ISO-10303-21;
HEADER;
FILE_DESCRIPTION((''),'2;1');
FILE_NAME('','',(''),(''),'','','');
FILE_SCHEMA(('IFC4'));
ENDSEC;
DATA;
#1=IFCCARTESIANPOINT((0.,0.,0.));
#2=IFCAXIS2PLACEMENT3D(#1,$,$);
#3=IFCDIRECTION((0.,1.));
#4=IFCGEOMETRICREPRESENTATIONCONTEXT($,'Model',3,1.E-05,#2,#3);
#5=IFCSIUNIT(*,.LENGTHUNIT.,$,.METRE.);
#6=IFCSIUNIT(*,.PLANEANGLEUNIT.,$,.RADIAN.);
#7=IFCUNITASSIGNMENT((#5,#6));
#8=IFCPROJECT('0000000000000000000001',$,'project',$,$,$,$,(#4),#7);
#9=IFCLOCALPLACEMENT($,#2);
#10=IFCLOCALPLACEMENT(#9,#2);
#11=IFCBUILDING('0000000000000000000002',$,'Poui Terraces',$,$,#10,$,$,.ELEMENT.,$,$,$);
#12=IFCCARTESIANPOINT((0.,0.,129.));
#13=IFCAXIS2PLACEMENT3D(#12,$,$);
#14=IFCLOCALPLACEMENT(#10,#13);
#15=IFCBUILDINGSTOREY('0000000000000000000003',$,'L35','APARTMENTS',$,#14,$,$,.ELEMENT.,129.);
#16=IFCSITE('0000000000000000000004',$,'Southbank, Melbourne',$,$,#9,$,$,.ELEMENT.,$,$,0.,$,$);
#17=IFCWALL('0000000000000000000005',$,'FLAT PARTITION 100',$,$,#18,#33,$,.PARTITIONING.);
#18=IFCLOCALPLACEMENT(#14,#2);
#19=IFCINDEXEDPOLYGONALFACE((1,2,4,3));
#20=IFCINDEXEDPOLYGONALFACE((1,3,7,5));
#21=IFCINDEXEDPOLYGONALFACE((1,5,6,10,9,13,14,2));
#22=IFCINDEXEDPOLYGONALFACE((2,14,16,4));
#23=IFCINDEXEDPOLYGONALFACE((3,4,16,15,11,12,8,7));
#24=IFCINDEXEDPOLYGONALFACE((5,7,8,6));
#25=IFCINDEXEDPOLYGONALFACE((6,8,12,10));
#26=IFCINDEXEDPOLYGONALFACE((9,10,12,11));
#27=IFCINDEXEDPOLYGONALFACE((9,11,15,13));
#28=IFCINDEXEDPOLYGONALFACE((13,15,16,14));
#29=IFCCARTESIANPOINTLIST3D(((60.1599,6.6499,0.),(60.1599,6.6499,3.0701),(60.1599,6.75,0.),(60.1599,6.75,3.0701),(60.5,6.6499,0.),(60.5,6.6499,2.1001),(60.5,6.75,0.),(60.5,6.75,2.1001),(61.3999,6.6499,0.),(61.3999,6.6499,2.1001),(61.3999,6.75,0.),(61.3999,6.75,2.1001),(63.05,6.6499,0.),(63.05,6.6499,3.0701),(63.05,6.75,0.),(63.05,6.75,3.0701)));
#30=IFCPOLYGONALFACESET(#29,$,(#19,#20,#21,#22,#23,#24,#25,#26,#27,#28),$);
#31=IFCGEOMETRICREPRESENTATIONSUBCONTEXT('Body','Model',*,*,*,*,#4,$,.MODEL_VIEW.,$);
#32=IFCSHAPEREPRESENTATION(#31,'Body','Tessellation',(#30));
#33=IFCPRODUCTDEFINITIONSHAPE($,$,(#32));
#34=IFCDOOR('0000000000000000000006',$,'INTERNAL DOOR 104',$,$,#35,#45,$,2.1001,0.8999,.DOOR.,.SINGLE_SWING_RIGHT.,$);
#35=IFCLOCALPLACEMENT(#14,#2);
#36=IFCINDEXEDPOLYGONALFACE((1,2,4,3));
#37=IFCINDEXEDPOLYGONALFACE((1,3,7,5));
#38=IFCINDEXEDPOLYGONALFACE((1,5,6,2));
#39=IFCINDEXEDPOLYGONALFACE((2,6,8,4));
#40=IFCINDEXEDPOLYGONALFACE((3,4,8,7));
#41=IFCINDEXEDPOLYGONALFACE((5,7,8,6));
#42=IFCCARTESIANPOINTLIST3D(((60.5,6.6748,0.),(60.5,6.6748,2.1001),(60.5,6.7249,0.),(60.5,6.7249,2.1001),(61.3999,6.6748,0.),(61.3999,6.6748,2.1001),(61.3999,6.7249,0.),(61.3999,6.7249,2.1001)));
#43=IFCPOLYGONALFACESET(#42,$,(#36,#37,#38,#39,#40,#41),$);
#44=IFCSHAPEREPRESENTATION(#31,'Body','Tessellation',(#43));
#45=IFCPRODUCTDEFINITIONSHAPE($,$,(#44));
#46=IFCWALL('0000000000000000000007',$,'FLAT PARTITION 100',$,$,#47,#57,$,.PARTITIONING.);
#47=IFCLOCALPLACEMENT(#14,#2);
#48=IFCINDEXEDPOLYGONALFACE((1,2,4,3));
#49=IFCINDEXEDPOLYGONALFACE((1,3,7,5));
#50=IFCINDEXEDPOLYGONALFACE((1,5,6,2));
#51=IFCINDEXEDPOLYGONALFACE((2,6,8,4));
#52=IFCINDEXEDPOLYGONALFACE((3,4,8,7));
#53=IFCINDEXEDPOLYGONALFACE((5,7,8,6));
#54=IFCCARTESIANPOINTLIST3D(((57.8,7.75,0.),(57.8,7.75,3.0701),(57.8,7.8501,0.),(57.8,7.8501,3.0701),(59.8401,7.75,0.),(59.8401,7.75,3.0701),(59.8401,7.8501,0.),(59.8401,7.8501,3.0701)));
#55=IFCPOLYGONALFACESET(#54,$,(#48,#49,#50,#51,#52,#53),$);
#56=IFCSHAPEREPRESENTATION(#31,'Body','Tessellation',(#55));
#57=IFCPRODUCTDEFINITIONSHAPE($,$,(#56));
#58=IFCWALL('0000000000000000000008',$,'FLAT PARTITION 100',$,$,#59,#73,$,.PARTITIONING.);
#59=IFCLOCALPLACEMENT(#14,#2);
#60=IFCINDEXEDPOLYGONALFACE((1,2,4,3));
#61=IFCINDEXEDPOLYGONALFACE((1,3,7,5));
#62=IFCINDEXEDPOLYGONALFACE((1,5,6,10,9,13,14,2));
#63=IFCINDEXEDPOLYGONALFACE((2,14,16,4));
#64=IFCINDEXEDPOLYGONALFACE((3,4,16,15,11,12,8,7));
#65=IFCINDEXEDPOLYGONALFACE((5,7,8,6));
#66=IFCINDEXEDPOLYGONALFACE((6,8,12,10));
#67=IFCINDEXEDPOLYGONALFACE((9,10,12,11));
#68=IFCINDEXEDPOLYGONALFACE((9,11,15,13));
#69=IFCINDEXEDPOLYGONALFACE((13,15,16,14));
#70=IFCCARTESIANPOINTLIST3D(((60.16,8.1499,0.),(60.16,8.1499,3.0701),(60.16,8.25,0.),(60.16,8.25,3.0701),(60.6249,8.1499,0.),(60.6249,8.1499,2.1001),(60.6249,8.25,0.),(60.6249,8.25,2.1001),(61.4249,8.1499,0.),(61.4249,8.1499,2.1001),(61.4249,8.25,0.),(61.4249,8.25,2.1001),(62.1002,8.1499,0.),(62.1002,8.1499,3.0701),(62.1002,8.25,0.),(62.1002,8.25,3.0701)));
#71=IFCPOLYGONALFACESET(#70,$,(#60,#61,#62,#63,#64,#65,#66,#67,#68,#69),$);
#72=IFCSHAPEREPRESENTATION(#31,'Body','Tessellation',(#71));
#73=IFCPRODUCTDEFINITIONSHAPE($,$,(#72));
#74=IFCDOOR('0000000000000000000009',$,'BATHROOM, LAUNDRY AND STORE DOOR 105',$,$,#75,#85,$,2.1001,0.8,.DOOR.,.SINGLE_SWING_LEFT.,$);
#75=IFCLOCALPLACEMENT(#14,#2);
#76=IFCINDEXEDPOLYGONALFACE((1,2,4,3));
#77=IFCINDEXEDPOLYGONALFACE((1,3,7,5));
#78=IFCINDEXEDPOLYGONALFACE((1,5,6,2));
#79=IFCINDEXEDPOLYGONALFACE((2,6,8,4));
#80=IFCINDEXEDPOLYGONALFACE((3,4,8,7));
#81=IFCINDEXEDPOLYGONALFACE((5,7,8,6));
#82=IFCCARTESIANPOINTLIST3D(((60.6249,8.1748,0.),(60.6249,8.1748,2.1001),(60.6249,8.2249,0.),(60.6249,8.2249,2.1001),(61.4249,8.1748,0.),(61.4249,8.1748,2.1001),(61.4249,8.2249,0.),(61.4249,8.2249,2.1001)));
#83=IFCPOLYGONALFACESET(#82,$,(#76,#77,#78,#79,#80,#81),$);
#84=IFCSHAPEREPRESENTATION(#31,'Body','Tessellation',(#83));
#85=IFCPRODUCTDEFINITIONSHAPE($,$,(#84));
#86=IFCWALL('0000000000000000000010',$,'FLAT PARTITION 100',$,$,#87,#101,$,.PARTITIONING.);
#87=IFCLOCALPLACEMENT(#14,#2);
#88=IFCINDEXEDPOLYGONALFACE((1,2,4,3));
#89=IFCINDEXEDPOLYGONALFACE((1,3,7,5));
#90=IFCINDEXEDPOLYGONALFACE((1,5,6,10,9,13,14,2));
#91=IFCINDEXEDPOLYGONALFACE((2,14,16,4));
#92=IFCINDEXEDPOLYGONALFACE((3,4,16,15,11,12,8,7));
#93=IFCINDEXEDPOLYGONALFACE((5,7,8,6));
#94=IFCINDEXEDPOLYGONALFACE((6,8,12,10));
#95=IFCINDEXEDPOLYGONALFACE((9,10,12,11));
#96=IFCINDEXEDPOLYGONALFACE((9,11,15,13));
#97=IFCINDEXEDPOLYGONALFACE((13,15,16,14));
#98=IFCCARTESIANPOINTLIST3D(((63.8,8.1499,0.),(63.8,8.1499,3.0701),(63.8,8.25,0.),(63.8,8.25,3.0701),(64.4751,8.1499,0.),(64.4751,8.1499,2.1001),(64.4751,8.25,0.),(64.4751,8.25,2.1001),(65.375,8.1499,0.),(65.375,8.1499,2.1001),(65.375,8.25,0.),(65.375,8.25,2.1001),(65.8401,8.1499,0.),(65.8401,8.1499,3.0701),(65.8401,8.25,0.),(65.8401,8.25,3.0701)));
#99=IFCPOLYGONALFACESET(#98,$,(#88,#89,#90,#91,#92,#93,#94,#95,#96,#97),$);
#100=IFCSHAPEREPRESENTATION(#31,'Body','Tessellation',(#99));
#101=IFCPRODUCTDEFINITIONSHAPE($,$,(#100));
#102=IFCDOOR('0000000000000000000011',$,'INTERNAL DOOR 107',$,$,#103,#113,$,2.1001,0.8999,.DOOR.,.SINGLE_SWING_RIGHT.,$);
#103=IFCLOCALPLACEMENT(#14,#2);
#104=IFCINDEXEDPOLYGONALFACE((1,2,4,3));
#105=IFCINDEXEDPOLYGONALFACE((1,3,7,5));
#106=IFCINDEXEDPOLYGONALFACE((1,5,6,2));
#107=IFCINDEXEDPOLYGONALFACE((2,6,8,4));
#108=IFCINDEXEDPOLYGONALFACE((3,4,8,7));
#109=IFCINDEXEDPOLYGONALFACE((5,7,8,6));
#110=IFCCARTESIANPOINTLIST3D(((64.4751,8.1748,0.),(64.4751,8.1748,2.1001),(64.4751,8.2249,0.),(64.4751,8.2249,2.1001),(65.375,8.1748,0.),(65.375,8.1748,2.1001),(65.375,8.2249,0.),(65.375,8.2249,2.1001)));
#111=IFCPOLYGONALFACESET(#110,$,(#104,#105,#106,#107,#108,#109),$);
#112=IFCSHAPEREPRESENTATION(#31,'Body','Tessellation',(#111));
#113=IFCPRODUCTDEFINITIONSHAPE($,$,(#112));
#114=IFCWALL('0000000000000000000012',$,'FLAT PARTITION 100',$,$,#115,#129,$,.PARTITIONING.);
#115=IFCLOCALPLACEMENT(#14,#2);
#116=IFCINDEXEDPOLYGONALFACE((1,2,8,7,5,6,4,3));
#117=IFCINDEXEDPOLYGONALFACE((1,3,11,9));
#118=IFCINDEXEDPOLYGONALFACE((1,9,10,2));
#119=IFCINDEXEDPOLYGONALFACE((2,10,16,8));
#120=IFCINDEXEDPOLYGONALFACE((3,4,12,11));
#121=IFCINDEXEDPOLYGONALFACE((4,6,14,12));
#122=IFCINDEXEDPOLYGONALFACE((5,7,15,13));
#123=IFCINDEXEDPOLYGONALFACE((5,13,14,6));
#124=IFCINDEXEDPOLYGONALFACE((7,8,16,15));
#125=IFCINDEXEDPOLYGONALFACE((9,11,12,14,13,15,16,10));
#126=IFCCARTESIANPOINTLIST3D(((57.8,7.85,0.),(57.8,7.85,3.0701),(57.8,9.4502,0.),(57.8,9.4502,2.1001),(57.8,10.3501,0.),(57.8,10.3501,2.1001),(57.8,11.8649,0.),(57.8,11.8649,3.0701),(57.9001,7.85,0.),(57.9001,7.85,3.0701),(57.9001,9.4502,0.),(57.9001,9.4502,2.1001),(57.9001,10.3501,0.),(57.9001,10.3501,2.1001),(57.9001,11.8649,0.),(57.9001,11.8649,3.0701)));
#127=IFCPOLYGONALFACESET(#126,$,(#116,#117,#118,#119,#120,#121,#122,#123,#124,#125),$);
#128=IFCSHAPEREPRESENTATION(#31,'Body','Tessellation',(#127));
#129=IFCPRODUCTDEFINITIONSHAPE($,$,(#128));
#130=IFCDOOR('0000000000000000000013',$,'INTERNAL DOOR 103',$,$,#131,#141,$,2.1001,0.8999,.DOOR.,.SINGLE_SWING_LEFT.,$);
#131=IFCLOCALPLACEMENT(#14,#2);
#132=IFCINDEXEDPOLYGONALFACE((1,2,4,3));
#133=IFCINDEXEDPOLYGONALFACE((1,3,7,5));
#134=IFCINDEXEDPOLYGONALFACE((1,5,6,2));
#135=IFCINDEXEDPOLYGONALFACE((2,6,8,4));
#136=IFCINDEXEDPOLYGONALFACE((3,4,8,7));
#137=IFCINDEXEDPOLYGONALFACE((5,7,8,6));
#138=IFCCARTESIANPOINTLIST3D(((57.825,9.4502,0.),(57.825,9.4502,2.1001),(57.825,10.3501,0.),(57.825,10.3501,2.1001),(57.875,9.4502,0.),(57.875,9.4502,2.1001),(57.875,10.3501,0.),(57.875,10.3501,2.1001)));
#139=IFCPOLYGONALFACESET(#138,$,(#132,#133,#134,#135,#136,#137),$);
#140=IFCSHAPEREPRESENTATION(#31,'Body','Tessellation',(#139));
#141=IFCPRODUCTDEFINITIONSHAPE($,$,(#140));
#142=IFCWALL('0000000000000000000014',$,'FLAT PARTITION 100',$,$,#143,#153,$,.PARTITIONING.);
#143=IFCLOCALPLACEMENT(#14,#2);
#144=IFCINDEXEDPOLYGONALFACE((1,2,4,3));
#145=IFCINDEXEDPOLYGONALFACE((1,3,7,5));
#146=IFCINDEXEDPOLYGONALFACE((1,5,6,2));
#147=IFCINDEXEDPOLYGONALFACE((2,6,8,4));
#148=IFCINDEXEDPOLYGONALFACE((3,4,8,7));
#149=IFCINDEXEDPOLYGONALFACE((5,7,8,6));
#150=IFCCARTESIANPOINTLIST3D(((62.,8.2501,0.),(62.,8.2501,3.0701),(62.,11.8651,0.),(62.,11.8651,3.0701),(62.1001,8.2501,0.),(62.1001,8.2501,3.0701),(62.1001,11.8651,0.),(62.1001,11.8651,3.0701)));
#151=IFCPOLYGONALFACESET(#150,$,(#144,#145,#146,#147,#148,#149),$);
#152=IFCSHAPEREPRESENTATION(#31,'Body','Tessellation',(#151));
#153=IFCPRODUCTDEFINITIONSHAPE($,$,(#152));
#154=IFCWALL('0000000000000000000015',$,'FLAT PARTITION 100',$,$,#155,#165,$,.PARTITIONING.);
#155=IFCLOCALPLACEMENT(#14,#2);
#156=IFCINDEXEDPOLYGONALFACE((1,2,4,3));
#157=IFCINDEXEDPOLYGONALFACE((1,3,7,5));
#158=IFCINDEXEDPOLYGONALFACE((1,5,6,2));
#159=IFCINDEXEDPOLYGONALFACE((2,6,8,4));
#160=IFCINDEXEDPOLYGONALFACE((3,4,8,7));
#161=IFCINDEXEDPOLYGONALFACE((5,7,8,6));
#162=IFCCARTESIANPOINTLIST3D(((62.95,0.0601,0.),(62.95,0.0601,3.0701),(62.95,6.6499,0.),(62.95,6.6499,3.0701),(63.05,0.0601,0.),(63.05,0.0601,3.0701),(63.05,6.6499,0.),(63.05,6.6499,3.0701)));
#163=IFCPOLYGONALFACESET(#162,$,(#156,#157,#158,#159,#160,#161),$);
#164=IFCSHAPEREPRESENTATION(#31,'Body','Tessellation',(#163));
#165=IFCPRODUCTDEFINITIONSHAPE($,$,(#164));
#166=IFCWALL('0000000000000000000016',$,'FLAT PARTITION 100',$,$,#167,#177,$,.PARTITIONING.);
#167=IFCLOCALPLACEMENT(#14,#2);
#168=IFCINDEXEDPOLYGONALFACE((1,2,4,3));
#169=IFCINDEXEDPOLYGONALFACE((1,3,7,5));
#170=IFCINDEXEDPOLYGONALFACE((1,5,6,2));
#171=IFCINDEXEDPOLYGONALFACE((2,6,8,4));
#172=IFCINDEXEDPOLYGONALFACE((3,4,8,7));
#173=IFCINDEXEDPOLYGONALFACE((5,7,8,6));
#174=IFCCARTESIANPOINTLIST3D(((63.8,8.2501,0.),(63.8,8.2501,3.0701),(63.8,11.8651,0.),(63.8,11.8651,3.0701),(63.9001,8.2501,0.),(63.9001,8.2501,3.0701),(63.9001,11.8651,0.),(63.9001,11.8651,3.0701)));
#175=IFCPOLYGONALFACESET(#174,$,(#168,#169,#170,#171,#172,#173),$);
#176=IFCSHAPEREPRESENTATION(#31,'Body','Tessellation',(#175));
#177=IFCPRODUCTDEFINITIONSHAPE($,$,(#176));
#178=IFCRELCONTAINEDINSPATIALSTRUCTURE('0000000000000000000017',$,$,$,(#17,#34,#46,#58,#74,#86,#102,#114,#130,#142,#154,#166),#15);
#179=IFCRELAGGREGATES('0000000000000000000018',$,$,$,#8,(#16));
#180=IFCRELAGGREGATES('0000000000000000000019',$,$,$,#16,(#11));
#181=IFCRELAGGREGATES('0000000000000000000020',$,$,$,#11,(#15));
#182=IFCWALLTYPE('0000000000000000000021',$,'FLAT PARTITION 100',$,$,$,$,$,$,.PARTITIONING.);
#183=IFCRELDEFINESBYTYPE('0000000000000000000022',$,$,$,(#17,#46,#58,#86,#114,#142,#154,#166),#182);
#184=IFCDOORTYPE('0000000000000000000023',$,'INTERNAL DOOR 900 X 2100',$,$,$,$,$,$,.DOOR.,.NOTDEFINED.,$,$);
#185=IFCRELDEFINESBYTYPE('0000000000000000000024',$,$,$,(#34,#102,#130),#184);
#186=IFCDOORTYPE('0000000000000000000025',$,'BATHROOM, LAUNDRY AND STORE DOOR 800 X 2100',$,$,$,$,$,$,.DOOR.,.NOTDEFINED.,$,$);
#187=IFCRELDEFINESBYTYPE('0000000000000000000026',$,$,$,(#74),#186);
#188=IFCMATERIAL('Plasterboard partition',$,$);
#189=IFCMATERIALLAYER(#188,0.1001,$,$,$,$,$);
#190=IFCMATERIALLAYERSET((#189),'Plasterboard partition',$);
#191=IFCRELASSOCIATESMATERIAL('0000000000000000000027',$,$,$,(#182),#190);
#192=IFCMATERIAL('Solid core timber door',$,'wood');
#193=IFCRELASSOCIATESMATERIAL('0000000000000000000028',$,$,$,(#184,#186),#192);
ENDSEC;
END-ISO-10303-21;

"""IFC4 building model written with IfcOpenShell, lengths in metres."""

from ifc_helpers import new_model, si_unit, direction, frame, frame_2d, origin, place, context, subcontext, project, spatial, rectangle, extrude, material, layer, layer_set, type_object, element, fill, save


model = new_model("IFC4")

# Units and contexts
model_context = context("Model", 3, precision=1e-05, world=origin(), true_north=direction((0.0, 1.0)))
body_context = subcontext(model_context, "Body", "Model", "MODEL_VIEW")
ifc_project = project(units=[si_unit("LENGTHUNIT", "METRE"), si_unit("PLANEANGLEUNIT", "RADIAN")], contexts=[model_context])

# Site, building, storey
site_placement = place(None, origin())
site = spatial("IfcSite", under=ifc_project, at=site_placement, Name="Southbank, Melbourne", CompositionType="ELEMENT", RefElevation=0.0)
building_placement = place(site_placement, origin())
building = spatial("IfcBuilding", under=site, at=building_placement, Name="Poui Terraces", CompositionType="ELEMENT")
storey_placement = place(building_placement, frame((0.0, 0.0, 129.0)))
storey = spatial("IfcBuildingStorey", under=building, at=storey_placement, Name="L35", Description="APARTMENTS", CompositionType="ELEMENT", Elevation=129.0)

# Shared definitions
ifc_material_1 = material(Name="Plasterboard partition")
ifc_layer_1 = layer(ifc_material_1, 0.1001)
ifc_layer_set_1 = layer_set([ifc_layer_1], Name="Plasterboard partition")
wall_type_1 = type_object("IfcWallType", Name="FLAT PARTITION 100", PredefinedType="PARTITIONING", material=ifc_layer_set_1)
ifc_material_2 = material(Name="Solid core timber door", Category="wood")
door_type_1 = type_object("IfcDoorType", Name="INTERNAL DOOR 900 X 2100", OperationType="NOTDEFINED", PredefinedType="DOOR", material=ifc_material_2)

# Wall, opening, door
wall_1_placement = place(storey_placement, frame((60.1599, 6.7, 0.0), z_axis=(0.0, 0.0, 1.0), x_axis=(1.0, 0.0, 0.0)))
wall_1 = element("IfcWall", 1, at=wall_1_placement, inside=storey, type_object=wall_type_1, Name="FLAT PARTITION 100", PredefinedType="PARTITIONING", context=body_context, shape_type="SweptSolid", body=[
    extrude(rectangle(XDim=2.8901, YDim=0.1001, at=frame_2d((1.4451, 0.0))), origin(), (0.0, 0.0, 1.0), 3.0701),
])
opening_1_placement = place(wall_1_placement, frame((0.3401, 0.0, 0.0)))
opening_1 = element("IfcOpeningElement", 2, at=opening_1_placement, cuts=wall_1, PredefinedType="OPENING", context=body_context, shape_type="SweptSolid", body=[
    extrude(rectangle(XDim=0.8999, YDim=2.1001, at=frame_2d((0.45, 1.05))), frame((0.0, 0.0601, 0.0), z_axis=(0.0, -1.0, 0.0), x_axis=(1.0, 0.0, 0.0)), (0.0, 0.0, 1.0), 0.1201),
])
door_1_placement = place(opening_1_placement, origin())
door_1 = element("IfcDoor", 3, at=door_1_placement, inside=storey, type_object=door_type_1, Name="INTERNAL DOOR 104", OperationType="SINGLE_SWING_RIGHT", OverallHeight=2.1001, OverallWidth=0.8999, PredefinedType="DOOR", context=body_context, shape_type="SweptSolid", body=[
    extrude(rectangle(XDim=0.8999, YDim=2.1001, at=frame_2d((0.45, 1.05))), frame((0.0, 0.0249, 0.0), z_axis=(0.0, -1.0, 0.0), x_axis=(1.0, 0.0, 0.0)), (0.0, 0.0, 1.0), 0.05),
])
fill(opening_1, door_1)

# Wall
wall_2_placement = place(storey_placement, frame((57.8, 7.8, 0.0), z_axis=(0.0, 0.0, 1.0), x_axis=(1.0, 0.0, 0.0)))
element("IfcWall", 4, at=wall_2_placement, inside=storey, type_object=wall_type_1, Name="FLAT PARTITION 100", PredefinedType="PARTITIONING", context=body_context, shape_type="SweptSolid", body=[
    extrude(rectangle(XDim=2.04, YDim=0.1001, at=frame_2d((1.02, 0.0))), origin(), (0.0, 0.0, 1.0), 3.0701),
])

# Walls, openings, doors
wall_3_placement = place(storey_placement, frame((60.1599, 8.2, 0.0), z_axis=(0.0, 0.0, 1.0), x_axis=(1.0, 0.0, 0.0)))
wall_3 = element("IfcWall", 5, at=wall_3_placement, inside=storey, type_object=wall_type_1, Name="FLAT PARTITION 100", PredefinedType="PARTITIONING", context=body_context, shape_type="SweptSolid", body=[
    extrude(rectangle(XDim=1.9402, YDim=0.1001, at=frame_2d((0.9702, 0.0))), origin(), (0.0, 0.0, 1.0), 3.0701),
])
opening_2_placement = place(wall_3_placement, frame((0.4651, 0.0, 0.0)))
opening_2 = element("IfcOpeningElement", 6, at=opening_2_placement, cuts=wall_3, PredefinedType="OPENING", context=body_context, shape_type="SweptSolid", body=[
    extrude(rectangle(XDim=0.8, YDim=2.1001, at=frame_2d((0.3999, 1.05))), frame((0.0, 0.0601, 0.0), z_axis=(0.0, -1.0, 0.0), x_axis=(1.0, 0.0, 0.0)), (0.0, 0.0, 1.0), 0.1201),
])
door_type_2 = type_object("IfcDoorType", Name="BATHROOM, LAUNDRY AND STORE DOOR 800 X 2100", OperationType="NOTDEFINED", PredefinedType="DOOR", material=ifc_material_2)
door_2_placement = place(opening_2_placement, origin())
door_2 = element("IfcDoor", 7, at=door_2_placement, inside=storey, type_object=door_type_2, Name="BATHROOM, LAUNDRY AND STORE DOOR 105", OperationType="SINGLE_SWING_LEFT", OverallHeight=2.1001, OverallWidth=0.8, PredefinedType="DOOR", context=body_context, shape_type="SweptSolid", body=[
    extrude(rectangle(XDim=0.8, YDim=2.1001, at=frame_2d((0.3999, 1.05))), frame((0.0, 0.0249, 0.0), z_axis=(0.0, -1.0, 0.0), x_axis=(1.0, 0.0, 0.0)), (0.0, 0.0, 1.0), 0.05),
])
fill(opening_2, door_2)
wall_4_placement = place(storey_placement, frame((63.8, 8.2, 0.0), z_axis=(0.0, 0.0, 1.0), x_axis=(1.0, 0.0, 0.0)))
wall_4 = element("IfcWall", 8, at=wall_4_placement, inside=storey, type_object=wall_type_1, Name="FLAT PARTITION 100", PredefinedType="PARTITIONING", context=body_context, shape_type="SweptSolid", body=[
    extrude(rectangle(XDim=2.04, YDim=0.1001, at=frame_2d((1.02, 0.0))), origin(), (0.0, 0.0, 1.0), 3.0701),
])
opening_3_placement = place(wall_4_placement, frame((0.675, 0.0, 0.0)))
opening_3 = element("IfcOpeningElement", 9, at=opening_3_placement, cuts=wall_4, PredefinedType="OPENING", context=body_context, shape_type="SweptSolid", body=[
    extrude(rectangle(XDim=0.8999, YDim=2.1001, at=frame_2d((0.45, 1.05))), frame((0.0, 0.0601, 0.0), z_axis=(0.0, -1.0, 0.0), x_axis=(1.0, 0.0, 0.0)), (0.0, 0.0, 1.0), 0.1201),
])
door_3_placement = place(opening_3_placement, origin())
door_3 = element("IfcDoor", 10, at=door_3_placement, inside=storey, type_object=door_type_1, Name="INTERNAL DOOR 107", OperationType="SINGLE_SWING_RIGHT", OverallHeight=2.1001, OverallWidth=0.8999, PredefinedType="DOOR", context=body_context, shape_type="SweptSolid", body=[
    extrude(rectangle(XDim=0.8999, YDim=2.1001, at=frame_2d((0.45, 1.05))), frame((0.0, 0.0249, 0.0), z_axis=(0.0, -1.0, 0.0), x_axis=(1.0, 0.0, 0.0)), (0.0, 0.0, 1.0), 0.05),
])
fill(opening_3, door_3)
wall_5_placement = place(storey_placement, frame((57.8501, 7.8501, 0.0), z_axis=(0.0, 0.0, 1.0), x_axis=(0.0, 1.0, 0.0)))
wall_5 = element("IfcWall", 11, at=wall_5_placement, inside=storey, type_object=wall_type_1, Name="FLAT PARTITION 100", PredefinedType="PARTITIONING", context=body_context, shape_type="SweptSolid", body=[
    extrude(rectangle(XDim=4.0149, YDim=0.1001, at=frame_2d((2.0073, 0.0))), origin(), (0.0, 0.0, 1.0), 3.0701),
])
opening_4_placement = place(wall_5_placement, frame((1.6001, 0.0, 0.0)))
opening_4 = element("IfcOpeningElement", 12, at=opening_4_placement, cuts=wall_5, PredefinedType="OPENING", context=body_context, shape_type="SweptSolid", body=[
    extrude(rectangle(XDim=0.8999, YDim=2.1001, at=frame_2d((0.45, 1.05))), frame((0.0, 0.0601, 0.0), z_axis=(0.0, -1.0, 0.0), x_axis=(1.0, 0.0, 0.0)), (0.0, 0.0, 1.0), 0.1201),
])
door_4_placement = place(opening_4_placement, frame((0.8999, 0.0, 0.0), z_axis=(0.0, 0.0, 1.0), x_axis=(-1.0, 0.0, 0.0)))
door_4 = element("IfcDoor", 13, at=door_4_placement, inside=storey, type_object=door_type_1, Name="INTERNAL DOOR 103", OperationType="SINGLE_SWING_LEFT", OverallHeight=2.1001, OverallWidth=0.8999, PredefinedType="DOOR", context=body_context, shape_type="SweptSolid", body=[
    extrude(rectangle(XDim=0.8999, YDim=2.1001, at=frame_2d((0.45, 1.05))), frame((0.0, 0.0249, 0.0), z_axis=(0.0, -1.0, 0.0), x_axis=(1.0, 0.0, 0.0)), (0.0, 0.0, 1.0), 0.05),
])
fill(opening_4, door_4)

# Walls
wall_6_placement = place(storey_placement, frame((62.05, 8.25, 0.0), z_axis=(0.0, 0.0, 1.0), x_axis=(0.0, 1.0, 0.0)))
element("IfcWall", 14, at=wall_6_placement, inside=storey, type_object=wall_type_1, Name="FLAT PARTITION 100", PredefinedType="PARTITIONING", context=body_context, shape_type="SweptSolid", body=[
    extrude(rectangle(XDim=3.615, YDim=0.1001, at=frame_2d((1.8076, 0.0))), origin(), (0.0, 0.0, 1.0), 3.0701),
])
wall_7_placement = place(storey_placement, frame((63.0, 0.0601, 0.0), z_axis=(0.0, 0.0, 1.0), x_axis=(0.0, 1.0, 0.0)))
element("IfcWall", 15, at=wall_7_placement, inside=storey, type_object=wall_type_1, Name="FLAT PARTITION 100", PredefinedType="PARTITIONING", context=body_context, shape_type="SweptSolid", body=[
    extrude(rectangle(XDim=6.5898, YDim=0.1001, at=frame_2d((3.2949, 0.0))), origin(), (0.0, 0.0, 1.0), 3.0701),
])
wall_8_placement = place(storey_placement, frame((63.8501, 8.25, 0.0), z_axis=(0.0, 0.0, 1.0), x_axis=(0.0, 1.0, 0.0)))
element("IfcWall", 16, at=wall_8_placement, inside=storey, type_object=wall_type_1, Name="FLAT PARTITION 100", PredefinedType="PARTITIONING", context=body_context, shape_type="SweptSolid", body=[
    extrude(rectangle(XDim=3.615, YDim=0.1001, at=frame_2d((1.8076, 0.0))), origin(), (0.0, 0.0, 1.0), 3.0701),
])

save(model, "model.ifc")
